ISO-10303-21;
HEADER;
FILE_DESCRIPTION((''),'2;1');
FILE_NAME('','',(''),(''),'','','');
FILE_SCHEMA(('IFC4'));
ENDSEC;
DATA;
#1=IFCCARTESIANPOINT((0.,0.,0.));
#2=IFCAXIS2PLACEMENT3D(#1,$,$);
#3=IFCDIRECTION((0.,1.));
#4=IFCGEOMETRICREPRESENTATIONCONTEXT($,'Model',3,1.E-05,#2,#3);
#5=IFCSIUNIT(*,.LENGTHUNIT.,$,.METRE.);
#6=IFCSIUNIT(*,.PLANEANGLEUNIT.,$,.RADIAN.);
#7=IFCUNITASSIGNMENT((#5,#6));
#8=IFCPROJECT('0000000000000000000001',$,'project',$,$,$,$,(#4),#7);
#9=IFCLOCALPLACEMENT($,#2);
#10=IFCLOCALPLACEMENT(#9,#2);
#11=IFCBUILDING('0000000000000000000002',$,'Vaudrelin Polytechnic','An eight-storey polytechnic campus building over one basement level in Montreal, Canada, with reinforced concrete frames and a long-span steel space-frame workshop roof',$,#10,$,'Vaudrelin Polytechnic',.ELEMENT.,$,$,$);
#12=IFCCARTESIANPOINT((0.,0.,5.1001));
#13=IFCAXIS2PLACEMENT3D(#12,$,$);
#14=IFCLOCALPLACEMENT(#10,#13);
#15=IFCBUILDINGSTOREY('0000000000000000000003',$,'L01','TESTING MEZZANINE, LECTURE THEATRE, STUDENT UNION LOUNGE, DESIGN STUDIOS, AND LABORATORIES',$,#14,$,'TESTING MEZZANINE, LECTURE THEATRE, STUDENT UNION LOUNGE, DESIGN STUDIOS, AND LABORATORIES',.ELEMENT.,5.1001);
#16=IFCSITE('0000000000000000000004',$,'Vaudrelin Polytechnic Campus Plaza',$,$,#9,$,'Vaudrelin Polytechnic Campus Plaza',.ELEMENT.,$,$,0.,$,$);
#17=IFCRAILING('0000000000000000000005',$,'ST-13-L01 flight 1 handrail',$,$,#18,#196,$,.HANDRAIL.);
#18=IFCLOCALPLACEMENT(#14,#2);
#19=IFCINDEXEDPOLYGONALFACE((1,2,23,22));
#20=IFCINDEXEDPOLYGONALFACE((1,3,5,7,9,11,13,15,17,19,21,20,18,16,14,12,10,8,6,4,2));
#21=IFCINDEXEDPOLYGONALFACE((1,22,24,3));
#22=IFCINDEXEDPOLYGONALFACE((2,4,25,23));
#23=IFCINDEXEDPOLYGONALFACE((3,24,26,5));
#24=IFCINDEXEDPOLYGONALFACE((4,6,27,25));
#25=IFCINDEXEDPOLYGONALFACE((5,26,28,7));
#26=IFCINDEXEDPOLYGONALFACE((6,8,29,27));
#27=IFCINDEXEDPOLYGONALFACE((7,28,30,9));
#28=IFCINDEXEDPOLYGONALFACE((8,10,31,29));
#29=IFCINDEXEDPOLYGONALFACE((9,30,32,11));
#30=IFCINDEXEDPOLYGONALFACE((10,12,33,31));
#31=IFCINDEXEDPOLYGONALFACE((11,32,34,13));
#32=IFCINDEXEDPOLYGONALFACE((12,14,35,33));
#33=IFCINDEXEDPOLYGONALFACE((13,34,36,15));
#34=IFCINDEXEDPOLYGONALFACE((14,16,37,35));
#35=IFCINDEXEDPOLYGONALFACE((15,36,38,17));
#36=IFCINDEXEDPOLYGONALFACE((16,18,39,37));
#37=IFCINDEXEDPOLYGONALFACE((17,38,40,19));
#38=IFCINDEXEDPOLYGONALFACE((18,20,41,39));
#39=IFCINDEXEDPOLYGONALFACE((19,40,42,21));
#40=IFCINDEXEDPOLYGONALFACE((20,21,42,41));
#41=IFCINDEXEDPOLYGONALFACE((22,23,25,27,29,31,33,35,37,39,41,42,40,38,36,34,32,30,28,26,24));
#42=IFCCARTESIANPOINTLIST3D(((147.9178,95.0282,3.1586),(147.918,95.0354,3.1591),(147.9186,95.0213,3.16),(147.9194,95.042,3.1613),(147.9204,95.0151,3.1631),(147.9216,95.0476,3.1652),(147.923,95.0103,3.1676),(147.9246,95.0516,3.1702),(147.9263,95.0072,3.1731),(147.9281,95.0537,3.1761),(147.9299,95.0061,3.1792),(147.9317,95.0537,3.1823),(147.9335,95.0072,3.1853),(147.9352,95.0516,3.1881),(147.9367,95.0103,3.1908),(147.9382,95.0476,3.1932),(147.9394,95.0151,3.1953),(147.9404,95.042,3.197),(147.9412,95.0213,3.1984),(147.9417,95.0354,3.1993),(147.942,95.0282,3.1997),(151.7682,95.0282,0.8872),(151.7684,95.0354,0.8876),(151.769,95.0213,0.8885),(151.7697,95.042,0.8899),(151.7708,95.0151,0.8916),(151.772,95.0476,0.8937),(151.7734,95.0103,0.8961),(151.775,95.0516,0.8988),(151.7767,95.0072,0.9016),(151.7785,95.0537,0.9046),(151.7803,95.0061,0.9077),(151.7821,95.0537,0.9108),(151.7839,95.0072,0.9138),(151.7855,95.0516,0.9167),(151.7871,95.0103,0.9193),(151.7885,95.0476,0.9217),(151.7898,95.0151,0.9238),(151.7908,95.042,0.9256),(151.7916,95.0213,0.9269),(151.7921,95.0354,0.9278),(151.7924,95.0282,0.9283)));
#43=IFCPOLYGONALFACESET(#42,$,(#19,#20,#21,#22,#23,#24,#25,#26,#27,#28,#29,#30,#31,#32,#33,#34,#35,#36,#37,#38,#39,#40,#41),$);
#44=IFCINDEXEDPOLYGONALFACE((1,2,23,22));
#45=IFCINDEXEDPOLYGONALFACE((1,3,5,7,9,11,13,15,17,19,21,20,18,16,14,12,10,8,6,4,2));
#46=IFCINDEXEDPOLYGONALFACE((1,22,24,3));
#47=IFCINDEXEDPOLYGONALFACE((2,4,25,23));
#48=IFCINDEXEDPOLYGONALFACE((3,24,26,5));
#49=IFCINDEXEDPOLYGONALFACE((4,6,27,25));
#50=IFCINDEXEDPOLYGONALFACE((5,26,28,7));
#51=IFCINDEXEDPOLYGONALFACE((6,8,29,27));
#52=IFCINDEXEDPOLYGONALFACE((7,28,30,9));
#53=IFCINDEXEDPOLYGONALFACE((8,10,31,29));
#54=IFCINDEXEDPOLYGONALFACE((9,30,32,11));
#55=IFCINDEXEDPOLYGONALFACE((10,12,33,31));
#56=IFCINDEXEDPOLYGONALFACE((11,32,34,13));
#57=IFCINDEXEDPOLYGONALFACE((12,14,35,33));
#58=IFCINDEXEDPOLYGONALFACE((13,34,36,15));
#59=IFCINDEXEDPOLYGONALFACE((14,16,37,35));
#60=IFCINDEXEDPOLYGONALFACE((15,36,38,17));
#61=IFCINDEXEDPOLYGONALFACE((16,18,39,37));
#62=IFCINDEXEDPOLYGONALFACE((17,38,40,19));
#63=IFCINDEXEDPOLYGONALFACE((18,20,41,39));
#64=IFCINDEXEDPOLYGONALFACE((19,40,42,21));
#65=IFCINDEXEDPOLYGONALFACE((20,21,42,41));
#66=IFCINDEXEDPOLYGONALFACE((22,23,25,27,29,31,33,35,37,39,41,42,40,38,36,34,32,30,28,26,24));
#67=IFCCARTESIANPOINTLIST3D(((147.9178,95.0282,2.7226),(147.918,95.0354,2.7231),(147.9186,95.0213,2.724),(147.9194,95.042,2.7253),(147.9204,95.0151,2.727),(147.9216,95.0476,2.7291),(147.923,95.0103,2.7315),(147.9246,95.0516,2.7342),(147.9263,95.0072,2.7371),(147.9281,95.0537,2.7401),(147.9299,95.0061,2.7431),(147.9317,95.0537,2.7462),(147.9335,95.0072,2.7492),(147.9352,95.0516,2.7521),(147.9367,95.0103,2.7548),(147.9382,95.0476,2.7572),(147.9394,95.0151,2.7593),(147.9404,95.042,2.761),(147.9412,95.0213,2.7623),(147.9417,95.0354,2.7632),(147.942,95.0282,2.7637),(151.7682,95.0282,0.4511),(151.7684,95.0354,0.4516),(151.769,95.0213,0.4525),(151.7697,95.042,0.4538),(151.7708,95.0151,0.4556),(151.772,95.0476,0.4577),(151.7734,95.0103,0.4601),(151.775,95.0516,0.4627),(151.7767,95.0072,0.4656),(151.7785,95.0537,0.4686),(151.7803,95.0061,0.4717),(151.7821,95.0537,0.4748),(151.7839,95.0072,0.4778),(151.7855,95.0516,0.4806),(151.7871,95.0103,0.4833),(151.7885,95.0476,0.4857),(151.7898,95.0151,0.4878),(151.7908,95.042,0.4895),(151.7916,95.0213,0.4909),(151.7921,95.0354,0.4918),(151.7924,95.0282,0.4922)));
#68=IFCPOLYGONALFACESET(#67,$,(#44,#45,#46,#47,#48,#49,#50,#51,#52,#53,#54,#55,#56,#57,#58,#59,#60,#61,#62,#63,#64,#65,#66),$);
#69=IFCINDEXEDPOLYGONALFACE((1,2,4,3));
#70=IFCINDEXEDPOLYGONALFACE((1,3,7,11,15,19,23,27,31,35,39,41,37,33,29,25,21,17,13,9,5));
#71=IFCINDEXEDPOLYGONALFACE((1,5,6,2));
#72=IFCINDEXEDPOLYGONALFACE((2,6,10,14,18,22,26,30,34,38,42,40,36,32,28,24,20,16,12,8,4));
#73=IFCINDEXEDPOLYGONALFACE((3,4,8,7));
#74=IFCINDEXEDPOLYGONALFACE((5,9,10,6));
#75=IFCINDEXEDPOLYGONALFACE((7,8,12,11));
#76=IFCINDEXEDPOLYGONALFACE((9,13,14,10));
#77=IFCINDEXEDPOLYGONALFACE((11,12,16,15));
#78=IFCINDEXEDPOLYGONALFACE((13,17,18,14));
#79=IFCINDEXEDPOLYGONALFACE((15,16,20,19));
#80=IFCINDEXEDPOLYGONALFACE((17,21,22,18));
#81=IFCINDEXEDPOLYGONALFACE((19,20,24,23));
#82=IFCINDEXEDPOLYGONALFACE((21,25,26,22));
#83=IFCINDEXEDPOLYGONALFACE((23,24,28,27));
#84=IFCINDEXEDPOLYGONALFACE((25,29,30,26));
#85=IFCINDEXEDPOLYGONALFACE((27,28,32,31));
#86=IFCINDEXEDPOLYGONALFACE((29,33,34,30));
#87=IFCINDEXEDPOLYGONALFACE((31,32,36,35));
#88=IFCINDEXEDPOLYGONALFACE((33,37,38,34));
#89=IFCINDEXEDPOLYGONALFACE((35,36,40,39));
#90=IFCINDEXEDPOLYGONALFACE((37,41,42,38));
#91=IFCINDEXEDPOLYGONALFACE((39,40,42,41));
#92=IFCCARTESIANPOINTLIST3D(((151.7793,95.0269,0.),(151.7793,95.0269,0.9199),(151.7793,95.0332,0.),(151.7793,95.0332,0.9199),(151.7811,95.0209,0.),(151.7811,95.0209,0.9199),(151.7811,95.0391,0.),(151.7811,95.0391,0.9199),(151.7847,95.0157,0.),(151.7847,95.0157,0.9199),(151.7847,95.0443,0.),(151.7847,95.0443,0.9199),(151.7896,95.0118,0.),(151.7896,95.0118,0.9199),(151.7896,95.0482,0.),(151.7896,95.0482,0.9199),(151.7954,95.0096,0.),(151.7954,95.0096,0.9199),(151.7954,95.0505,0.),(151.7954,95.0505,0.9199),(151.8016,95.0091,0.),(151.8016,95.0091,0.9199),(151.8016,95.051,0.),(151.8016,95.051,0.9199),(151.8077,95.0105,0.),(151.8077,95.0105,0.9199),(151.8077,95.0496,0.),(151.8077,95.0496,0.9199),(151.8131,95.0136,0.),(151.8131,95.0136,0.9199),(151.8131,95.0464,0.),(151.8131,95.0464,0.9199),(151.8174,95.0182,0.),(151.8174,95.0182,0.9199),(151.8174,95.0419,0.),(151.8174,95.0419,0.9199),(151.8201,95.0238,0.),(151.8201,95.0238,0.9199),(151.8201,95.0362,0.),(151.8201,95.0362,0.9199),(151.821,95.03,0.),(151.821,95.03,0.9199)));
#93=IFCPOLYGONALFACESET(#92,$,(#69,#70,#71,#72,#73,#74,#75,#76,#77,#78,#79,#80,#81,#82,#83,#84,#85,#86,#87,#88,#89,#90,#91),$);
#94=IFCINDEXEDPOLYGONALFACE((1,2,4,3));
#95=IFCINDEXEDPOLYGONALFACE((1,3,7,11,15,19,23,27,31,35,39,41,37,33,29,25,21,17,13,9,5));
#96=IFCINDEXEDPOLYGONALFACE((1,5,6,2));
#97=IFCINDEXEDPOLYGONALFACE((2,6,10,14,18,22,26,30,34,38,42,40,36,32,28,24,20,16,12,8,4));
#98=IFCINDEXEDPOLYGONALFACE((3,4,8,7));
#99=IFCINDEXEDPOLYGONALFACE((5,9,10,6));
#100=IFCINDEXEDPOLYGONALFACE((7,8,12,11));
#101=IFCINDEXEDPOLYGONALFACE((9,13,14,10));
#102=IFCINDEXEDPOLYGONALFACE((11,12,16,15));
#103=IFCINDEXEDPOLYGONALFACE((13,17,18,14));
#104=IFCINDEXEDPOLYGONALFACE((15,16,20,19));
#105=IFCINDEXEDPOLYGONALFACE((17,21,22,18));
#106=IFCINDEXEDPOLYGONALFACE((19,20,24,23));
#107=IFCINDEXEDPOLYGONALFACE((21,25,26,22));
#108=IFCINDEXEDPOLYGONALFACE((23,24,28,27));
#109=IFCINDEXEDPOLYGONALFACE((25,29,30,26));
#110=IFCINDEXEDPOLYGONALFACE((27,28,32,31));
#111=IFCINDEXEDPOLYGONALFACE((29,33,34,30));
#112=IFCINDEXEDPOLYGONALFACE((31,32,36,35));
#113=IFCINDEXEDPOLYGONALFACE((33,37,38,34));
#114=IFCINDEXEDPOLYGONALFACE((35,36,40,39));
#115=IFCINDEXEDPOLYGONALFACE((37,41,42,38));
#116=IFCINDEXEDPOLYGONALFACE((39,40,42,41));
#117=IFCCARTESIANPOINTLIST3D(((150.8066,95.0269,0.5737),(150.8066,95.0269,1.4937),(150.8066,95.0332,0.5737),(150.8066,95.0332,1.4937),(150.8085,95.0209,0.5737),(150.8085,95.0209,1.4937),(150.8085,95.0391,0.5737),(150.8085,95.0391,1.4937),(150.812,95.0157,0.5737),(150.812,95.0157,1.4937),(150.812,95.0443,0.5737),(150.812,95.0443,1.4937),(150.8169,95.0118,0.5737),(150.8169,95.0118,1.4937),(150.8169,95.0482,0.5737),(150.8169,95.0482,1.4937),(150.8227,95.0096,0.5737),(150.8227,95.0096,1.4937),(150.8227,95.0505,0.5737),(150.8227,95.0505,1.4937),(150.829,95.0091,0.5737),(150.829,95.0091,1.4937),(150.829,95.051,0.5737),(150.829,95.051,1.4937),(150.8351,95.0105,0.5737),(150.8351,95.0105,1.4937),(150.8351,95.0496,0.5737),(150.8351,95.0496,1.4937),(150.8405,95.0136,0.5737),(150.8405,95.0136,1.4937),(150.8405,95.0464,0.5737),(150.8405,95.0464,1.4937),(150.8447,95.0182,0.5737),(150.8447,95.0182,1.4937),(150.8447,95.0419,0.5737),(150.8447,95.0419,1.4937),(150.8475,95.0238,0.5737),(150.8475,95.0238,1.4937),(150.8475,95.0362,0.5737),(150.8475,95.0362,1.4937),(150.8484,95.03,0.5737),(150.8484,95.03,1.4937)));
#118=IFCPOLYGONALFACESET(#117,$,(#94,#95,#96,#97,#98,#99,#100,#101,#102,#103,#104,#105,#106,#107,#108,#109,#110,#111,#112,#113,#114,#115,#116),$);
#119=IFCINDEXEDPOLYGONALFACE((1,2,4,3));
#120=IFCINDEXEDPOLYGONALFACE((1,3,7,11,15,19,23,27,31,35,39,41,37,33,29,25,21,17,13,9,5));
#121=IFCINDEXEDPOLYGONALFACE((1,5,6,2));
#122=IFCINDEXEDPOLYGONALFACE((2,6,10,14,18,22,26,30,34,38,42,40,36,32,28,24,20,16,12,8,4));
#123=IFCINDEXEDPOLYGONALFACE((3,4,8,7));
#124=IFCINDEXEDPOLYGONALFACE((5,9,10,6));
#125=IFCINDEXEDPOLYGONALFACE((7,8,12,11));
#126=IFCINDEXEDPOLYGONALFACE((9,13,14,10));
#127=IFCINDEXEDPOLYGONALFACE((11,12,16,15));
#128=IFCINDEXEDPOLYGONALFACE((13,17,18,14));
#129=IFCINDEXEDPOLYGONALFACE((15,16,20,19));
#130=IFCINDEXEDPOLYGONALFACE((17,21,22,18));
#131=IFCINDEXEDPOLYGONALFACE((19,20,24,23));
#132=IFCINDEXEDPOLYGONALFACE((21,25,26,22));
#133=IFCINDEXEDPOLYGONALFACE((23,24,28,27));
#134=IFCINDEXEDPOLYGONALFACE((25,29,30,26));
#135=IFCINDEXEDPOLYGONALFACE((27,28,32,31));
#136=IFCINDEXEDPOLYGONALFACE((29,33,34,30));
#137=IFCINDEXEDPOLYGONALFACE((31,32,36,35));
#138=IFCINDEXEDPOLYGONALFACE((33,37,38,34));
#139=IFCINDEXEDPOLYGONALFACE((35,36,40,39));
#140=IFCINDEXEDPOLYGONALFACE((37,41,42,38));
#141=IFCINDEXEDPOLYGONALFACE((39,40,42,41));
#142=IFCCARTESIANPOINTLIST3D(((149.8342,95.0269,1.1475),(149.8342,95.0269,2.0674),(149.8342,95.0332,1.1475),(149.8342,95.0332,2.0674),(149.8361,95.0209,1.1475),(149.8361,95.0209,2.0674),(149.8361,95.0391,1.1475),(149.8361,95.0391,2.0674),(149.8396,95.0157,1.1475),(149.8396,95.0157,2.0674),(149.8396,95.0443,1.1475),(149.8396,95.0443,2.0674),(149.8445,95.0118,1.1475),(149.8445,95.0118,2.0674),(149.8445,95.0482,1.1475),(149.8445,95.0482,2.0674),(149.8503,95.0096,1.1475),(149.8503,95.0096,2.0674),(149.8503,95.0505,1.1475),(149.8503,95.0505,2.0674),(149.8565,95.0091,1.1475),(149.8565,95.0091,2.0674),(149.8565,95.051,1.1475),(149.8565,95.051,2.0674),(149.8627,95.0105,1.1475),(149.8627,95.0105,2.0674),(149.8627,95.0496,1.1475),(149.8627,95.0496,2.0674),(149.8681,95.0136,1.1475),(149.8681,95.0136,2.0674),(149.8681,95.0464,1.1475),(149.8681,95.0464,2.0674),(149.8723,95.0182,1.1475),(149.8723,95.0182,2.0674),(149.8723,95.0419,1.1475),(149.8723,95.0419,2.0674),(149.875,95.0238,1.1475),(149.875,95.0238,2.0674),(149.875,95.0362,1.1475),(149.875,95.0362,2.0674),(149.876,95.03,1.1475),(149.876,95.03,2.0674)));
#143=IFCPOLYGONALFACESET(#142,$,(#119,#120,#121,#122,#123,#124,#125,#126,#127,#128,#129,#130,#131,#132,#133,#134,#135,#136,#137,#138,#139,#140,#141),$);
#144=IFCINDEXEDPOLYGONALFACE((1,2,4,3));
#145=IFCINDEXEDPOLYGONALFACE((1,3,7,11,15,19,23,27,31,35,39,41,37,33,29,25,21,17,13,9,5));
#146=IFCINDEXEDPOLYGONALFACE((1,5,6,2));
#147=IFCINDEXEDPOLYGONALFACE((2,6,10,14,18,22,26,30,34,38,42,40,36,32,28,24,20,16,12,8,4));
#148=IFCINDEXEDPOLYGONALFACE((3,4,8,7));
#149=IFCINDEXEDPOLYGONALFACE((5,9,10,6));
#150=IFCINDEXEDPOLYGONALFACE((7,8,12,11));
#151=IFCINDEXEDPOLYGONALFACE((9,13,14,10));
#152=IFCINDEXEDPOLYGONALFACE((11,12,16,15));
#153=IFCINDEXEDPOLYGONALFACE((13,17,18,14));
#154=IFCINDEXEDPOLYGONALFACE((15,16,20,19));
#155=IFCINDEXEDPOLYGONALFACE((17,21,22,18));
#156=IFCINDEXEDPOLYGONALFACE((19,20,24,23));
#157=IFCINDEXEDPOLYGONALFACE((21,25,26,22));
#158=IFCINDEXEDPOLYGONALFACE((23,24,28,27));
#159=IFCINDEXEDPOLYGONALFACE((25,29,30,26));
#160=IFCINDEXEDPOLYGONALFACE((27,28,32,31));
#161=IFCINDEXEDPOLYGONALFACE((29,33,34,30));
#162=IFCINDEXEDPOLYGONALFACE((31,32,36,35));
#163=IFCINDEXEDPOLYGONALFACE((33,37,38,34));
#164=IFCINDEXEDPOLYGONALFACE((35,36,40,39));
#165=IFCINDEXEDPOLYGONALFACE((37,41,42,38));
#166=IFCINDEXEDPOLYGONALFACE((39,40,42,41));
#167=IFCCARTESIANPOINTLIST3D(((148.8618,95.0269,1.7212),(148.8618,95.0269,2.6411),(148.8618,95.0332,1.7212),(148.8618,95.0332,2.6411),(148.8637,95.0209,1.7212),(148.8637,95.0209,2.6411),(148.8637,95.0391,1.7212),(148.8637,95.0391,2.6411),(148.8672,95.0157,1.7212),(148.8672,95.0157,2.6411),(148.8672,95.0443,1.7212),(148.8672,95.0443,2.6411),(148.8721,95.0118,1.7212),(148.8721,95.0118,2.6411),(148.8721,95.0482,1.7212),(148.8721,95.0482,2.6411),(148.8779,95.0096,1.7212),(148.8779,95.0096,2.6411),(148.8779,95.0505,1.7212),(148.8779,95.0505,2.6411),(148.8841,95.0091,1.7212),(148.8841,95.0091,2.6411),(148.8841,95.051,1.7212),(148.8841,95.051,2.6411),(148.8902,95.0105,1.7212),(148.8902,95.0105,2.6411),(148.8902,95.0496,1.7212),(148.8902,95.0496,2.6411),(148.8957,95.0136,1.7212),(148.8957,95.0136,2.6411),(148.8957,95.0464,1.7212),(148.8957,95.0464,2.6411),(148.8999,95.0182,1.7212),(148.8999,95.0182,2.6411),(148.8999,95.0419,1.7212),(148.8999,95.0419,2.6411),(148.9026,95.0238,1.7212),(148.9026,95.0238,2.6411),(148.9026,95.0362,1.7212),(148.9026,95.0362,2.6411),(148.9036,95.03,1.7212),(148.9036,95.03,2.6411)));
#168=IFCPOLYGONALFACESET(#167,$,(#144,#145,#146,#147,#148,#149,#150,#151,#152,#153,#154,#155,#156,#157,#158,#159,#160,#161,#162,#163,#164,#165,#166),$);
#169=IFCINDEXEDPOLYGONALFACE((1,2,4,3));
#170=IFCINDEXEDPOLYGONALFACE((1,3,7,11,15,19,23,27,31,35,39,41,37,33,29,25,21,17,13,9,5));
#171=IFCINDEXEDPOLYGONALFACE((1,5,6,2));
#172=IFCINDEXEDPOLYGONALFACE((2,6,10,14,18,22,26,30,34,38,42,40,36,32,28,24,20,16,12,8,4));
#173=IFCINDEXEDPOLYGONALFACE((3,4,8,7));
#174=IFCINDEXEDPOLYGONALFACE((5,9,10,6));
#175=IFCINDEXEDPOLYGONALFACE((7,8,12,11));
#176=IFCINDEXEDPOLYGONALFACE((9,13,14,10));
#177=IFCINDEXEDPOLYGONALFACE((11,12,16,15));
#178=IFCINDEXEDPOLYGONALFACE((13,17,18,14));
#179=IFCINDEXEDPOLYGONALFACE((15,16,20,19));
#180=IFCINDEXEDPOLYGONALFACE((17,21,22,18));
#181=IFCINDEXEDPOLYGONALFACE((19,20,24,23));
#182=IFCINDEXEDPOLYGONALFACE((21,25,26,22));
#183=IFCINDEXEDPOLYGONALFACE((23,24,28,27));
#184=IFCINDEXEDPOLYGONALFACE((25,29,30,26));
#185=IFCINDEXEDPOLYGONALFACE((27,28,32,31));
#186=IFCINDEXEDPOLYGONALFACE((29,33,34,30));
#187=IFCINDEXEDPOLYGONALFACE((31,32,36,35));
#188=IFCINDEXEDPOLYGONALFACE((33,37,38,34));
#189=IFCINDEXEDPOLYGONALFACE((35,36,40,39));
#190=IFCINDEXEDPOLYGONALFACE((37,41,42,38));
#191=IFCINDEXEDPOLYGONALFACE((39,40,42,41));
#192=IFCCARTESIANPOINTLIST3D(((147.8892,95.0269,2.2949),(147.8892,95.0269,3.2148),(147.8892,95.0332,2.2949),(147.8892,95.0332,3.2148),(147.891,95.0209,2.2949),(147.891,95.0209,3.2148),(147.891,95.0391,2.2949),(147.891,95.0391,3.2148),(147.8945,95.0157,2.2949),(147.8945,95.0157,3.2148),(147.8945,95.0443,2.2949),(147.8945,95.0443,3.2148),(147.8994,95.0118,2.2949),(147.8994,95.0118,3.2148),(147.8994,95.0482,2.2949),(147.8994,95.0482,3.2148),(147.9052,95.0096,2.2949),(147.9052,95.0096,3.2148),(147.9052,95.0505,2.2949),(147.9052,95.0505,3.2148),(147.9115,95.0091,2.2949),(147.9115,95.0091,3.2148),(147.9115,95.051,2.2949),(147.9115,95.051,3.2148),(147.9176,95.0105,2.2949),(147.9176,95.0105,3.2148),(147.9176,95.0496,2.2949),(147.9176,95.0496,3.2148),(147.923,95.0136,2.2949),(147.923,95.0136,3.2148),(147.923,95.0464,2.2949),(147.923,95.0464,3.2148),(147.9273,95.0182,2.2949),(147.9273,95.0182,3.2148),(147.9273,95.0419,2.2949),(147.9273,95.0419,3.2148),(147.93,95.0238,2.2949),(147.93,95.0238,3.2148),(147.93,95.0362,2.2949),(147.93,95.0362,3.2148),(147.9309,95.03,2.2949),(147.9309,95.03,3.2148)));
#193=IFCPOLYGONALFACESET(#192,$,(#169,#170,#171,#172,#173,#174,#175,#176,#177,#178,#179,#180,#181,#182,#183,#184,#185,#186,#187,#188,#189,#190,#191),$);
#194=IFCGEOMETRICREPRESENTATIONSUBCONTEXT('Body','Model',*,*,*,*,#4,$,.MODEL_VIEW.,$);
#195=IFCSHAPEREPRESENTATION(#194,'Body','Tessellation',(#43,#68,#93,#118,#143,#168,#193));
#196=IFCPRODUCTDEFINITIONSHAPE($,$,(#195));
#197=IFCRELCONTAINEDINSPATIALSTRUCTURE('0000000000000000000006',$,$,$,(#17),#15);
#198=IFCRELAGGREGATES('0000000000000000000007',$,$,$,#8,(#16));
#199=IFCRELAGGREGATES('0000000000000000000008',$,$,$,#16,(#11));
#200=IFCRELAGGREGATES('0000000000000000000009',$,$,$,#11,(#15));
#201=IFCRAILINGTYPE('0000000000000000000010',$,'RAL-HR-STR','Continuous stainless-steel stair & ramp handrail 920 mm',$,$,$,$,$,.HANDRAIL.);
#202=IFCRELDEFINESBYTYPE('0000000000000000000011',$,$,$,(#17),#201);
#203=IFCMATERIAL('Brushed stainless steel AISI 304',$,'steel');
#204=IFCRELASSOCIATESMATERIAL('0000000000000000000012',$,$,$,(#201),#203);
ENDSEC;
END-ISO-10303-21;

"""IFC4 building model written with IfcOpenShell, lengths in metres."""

from ifc_helpers import new_model, si_unit, direction, frame, origin, origin_2d, place, context, subcontext, project, spatial, circle, extrude, material, type_object, element, save


model = new_model("IFC4")

# Units and contexts
model_context = context("Model", 3, precision=1e-05, world=origin(), true_north=direction((0.0, 1.0)))
body_context = subcontext(model_context, "Body", "Model", "MODEL_VIEW")
ifc_project = project(units=[si_unit("LENGTHUNIT", "METRE"), si_unit("PLANEANGLEUNIT", "RADIAN")], contexts=[model_context])

# Site, building, storey
site_placement = place(None, origin())
site = spatial("IfcSite", under=ifc_project, at=site_placement, Name="Vaudrelin Polytechnic Campus Plaza", LongName="Vaudrelin Polytechnic Campus Plaza", CompositionType="ELEMENT", RefElevation=0.0)
building_placement = place(site_placement, origin())
building = spatial("IfcBuilding", under=site, at=building_placement, Name="Vaudrelin Polytechnic", Description="An eight-storey polytechnic campus building over one basement level in Montreal, Canada, with reinforced concrete frames and a long-span steel space-frame workshop roof", LongName="Vaudrelin Polytechnic", CompositionType="ELEMENT")
storey_placement = place(building_placement, frame((0.0, 0.0, 5.1001)))
storey = spatial("IfcBuildingStorey", under=building, at=storey_placement, Name="L01", Description="TESTING MEZZANINE, LECTURE THEATRE, STUDENT UNION LOUNGE, DESIGN STUDIOS, AND LABORATORIES", LongName="TESTING MEZZANINE, LECTURE THEATRE, STUDENT UNION LOUNGE, DESIGN STUDIOS, AND LABORATORIES", CompositionType="ELEMENT", Elevation=5.1001)

# Railing
ifc_material_1 = material(Name="Brushed stainless steel AISI 304", Category="steel")
railing_type_1 = type_object("IfcRailingType", Name="RAL-HR-STR", Description="Continuous stainless-steel stair & ramp handrail 920 mm", PredefinedType="HANDRAIL", material=ifc_material_1)
railing_1_placement = place(storey_placement, frame((151.8, 95.03, 0.0)))
element("IfcRailing", 1, at=railing_1_placement, inside=storey, type_object=railing_type_1, Name="ST-13-L01 flight 1 handrail", PredefinedType="HANDRAIL", context=body_context, shape_type="SweptSolid", body=[
    extrude(circle(Radius=0.0239, at=origin_2d()), frame((-0.0198, 0.0, 0.9077), z_axis=(-0.861294, 0.0, 0.508106), x_axis=(0.0, -1.0, 0.0)), (0.0, 0.0, 1.0), 4.4705),
    extrude(circle(Radius=0.0239, at=origin_2d()), frame((-0.0198, 0.0, 0.4717), z_axis=(-0.861294, 0.0, 0.508106), x_axis=(0.0, -1.0, 0.0)), (0.0, 0.0, 1.0), 4.4705),
    extrude(circle(Radius=0.021, at=origin_2d()), origin(), (0.0, 0.0, 1.0), 0.9199),
    extrude(circle(Radius=0.021, at=origin_2d()), frame((-0.9727, 0.0, 0.5737)), (0.0, 0.0, 1.0), 0.9199),
    extrude(circle(Radius=0.021, at=origin_2d()), frame((-1.9451, 0.0, 1.1475)), (0.0, 0.0, 1.0), 0.9199),
    extrude(circle(Radius=0.021, at=origin_2d()), frame((-2.9175, 0.0, 1.7212)), (0.0, 0.0, 1.0), 0.9199),
    extrude(circle(Radius=0.021, at=origin_2d()), frame((-3.8901, 0.0, 2.2949)), (0.0, 0.0, 1.0), 0.9199),
])

save(model, "model.ifc")
